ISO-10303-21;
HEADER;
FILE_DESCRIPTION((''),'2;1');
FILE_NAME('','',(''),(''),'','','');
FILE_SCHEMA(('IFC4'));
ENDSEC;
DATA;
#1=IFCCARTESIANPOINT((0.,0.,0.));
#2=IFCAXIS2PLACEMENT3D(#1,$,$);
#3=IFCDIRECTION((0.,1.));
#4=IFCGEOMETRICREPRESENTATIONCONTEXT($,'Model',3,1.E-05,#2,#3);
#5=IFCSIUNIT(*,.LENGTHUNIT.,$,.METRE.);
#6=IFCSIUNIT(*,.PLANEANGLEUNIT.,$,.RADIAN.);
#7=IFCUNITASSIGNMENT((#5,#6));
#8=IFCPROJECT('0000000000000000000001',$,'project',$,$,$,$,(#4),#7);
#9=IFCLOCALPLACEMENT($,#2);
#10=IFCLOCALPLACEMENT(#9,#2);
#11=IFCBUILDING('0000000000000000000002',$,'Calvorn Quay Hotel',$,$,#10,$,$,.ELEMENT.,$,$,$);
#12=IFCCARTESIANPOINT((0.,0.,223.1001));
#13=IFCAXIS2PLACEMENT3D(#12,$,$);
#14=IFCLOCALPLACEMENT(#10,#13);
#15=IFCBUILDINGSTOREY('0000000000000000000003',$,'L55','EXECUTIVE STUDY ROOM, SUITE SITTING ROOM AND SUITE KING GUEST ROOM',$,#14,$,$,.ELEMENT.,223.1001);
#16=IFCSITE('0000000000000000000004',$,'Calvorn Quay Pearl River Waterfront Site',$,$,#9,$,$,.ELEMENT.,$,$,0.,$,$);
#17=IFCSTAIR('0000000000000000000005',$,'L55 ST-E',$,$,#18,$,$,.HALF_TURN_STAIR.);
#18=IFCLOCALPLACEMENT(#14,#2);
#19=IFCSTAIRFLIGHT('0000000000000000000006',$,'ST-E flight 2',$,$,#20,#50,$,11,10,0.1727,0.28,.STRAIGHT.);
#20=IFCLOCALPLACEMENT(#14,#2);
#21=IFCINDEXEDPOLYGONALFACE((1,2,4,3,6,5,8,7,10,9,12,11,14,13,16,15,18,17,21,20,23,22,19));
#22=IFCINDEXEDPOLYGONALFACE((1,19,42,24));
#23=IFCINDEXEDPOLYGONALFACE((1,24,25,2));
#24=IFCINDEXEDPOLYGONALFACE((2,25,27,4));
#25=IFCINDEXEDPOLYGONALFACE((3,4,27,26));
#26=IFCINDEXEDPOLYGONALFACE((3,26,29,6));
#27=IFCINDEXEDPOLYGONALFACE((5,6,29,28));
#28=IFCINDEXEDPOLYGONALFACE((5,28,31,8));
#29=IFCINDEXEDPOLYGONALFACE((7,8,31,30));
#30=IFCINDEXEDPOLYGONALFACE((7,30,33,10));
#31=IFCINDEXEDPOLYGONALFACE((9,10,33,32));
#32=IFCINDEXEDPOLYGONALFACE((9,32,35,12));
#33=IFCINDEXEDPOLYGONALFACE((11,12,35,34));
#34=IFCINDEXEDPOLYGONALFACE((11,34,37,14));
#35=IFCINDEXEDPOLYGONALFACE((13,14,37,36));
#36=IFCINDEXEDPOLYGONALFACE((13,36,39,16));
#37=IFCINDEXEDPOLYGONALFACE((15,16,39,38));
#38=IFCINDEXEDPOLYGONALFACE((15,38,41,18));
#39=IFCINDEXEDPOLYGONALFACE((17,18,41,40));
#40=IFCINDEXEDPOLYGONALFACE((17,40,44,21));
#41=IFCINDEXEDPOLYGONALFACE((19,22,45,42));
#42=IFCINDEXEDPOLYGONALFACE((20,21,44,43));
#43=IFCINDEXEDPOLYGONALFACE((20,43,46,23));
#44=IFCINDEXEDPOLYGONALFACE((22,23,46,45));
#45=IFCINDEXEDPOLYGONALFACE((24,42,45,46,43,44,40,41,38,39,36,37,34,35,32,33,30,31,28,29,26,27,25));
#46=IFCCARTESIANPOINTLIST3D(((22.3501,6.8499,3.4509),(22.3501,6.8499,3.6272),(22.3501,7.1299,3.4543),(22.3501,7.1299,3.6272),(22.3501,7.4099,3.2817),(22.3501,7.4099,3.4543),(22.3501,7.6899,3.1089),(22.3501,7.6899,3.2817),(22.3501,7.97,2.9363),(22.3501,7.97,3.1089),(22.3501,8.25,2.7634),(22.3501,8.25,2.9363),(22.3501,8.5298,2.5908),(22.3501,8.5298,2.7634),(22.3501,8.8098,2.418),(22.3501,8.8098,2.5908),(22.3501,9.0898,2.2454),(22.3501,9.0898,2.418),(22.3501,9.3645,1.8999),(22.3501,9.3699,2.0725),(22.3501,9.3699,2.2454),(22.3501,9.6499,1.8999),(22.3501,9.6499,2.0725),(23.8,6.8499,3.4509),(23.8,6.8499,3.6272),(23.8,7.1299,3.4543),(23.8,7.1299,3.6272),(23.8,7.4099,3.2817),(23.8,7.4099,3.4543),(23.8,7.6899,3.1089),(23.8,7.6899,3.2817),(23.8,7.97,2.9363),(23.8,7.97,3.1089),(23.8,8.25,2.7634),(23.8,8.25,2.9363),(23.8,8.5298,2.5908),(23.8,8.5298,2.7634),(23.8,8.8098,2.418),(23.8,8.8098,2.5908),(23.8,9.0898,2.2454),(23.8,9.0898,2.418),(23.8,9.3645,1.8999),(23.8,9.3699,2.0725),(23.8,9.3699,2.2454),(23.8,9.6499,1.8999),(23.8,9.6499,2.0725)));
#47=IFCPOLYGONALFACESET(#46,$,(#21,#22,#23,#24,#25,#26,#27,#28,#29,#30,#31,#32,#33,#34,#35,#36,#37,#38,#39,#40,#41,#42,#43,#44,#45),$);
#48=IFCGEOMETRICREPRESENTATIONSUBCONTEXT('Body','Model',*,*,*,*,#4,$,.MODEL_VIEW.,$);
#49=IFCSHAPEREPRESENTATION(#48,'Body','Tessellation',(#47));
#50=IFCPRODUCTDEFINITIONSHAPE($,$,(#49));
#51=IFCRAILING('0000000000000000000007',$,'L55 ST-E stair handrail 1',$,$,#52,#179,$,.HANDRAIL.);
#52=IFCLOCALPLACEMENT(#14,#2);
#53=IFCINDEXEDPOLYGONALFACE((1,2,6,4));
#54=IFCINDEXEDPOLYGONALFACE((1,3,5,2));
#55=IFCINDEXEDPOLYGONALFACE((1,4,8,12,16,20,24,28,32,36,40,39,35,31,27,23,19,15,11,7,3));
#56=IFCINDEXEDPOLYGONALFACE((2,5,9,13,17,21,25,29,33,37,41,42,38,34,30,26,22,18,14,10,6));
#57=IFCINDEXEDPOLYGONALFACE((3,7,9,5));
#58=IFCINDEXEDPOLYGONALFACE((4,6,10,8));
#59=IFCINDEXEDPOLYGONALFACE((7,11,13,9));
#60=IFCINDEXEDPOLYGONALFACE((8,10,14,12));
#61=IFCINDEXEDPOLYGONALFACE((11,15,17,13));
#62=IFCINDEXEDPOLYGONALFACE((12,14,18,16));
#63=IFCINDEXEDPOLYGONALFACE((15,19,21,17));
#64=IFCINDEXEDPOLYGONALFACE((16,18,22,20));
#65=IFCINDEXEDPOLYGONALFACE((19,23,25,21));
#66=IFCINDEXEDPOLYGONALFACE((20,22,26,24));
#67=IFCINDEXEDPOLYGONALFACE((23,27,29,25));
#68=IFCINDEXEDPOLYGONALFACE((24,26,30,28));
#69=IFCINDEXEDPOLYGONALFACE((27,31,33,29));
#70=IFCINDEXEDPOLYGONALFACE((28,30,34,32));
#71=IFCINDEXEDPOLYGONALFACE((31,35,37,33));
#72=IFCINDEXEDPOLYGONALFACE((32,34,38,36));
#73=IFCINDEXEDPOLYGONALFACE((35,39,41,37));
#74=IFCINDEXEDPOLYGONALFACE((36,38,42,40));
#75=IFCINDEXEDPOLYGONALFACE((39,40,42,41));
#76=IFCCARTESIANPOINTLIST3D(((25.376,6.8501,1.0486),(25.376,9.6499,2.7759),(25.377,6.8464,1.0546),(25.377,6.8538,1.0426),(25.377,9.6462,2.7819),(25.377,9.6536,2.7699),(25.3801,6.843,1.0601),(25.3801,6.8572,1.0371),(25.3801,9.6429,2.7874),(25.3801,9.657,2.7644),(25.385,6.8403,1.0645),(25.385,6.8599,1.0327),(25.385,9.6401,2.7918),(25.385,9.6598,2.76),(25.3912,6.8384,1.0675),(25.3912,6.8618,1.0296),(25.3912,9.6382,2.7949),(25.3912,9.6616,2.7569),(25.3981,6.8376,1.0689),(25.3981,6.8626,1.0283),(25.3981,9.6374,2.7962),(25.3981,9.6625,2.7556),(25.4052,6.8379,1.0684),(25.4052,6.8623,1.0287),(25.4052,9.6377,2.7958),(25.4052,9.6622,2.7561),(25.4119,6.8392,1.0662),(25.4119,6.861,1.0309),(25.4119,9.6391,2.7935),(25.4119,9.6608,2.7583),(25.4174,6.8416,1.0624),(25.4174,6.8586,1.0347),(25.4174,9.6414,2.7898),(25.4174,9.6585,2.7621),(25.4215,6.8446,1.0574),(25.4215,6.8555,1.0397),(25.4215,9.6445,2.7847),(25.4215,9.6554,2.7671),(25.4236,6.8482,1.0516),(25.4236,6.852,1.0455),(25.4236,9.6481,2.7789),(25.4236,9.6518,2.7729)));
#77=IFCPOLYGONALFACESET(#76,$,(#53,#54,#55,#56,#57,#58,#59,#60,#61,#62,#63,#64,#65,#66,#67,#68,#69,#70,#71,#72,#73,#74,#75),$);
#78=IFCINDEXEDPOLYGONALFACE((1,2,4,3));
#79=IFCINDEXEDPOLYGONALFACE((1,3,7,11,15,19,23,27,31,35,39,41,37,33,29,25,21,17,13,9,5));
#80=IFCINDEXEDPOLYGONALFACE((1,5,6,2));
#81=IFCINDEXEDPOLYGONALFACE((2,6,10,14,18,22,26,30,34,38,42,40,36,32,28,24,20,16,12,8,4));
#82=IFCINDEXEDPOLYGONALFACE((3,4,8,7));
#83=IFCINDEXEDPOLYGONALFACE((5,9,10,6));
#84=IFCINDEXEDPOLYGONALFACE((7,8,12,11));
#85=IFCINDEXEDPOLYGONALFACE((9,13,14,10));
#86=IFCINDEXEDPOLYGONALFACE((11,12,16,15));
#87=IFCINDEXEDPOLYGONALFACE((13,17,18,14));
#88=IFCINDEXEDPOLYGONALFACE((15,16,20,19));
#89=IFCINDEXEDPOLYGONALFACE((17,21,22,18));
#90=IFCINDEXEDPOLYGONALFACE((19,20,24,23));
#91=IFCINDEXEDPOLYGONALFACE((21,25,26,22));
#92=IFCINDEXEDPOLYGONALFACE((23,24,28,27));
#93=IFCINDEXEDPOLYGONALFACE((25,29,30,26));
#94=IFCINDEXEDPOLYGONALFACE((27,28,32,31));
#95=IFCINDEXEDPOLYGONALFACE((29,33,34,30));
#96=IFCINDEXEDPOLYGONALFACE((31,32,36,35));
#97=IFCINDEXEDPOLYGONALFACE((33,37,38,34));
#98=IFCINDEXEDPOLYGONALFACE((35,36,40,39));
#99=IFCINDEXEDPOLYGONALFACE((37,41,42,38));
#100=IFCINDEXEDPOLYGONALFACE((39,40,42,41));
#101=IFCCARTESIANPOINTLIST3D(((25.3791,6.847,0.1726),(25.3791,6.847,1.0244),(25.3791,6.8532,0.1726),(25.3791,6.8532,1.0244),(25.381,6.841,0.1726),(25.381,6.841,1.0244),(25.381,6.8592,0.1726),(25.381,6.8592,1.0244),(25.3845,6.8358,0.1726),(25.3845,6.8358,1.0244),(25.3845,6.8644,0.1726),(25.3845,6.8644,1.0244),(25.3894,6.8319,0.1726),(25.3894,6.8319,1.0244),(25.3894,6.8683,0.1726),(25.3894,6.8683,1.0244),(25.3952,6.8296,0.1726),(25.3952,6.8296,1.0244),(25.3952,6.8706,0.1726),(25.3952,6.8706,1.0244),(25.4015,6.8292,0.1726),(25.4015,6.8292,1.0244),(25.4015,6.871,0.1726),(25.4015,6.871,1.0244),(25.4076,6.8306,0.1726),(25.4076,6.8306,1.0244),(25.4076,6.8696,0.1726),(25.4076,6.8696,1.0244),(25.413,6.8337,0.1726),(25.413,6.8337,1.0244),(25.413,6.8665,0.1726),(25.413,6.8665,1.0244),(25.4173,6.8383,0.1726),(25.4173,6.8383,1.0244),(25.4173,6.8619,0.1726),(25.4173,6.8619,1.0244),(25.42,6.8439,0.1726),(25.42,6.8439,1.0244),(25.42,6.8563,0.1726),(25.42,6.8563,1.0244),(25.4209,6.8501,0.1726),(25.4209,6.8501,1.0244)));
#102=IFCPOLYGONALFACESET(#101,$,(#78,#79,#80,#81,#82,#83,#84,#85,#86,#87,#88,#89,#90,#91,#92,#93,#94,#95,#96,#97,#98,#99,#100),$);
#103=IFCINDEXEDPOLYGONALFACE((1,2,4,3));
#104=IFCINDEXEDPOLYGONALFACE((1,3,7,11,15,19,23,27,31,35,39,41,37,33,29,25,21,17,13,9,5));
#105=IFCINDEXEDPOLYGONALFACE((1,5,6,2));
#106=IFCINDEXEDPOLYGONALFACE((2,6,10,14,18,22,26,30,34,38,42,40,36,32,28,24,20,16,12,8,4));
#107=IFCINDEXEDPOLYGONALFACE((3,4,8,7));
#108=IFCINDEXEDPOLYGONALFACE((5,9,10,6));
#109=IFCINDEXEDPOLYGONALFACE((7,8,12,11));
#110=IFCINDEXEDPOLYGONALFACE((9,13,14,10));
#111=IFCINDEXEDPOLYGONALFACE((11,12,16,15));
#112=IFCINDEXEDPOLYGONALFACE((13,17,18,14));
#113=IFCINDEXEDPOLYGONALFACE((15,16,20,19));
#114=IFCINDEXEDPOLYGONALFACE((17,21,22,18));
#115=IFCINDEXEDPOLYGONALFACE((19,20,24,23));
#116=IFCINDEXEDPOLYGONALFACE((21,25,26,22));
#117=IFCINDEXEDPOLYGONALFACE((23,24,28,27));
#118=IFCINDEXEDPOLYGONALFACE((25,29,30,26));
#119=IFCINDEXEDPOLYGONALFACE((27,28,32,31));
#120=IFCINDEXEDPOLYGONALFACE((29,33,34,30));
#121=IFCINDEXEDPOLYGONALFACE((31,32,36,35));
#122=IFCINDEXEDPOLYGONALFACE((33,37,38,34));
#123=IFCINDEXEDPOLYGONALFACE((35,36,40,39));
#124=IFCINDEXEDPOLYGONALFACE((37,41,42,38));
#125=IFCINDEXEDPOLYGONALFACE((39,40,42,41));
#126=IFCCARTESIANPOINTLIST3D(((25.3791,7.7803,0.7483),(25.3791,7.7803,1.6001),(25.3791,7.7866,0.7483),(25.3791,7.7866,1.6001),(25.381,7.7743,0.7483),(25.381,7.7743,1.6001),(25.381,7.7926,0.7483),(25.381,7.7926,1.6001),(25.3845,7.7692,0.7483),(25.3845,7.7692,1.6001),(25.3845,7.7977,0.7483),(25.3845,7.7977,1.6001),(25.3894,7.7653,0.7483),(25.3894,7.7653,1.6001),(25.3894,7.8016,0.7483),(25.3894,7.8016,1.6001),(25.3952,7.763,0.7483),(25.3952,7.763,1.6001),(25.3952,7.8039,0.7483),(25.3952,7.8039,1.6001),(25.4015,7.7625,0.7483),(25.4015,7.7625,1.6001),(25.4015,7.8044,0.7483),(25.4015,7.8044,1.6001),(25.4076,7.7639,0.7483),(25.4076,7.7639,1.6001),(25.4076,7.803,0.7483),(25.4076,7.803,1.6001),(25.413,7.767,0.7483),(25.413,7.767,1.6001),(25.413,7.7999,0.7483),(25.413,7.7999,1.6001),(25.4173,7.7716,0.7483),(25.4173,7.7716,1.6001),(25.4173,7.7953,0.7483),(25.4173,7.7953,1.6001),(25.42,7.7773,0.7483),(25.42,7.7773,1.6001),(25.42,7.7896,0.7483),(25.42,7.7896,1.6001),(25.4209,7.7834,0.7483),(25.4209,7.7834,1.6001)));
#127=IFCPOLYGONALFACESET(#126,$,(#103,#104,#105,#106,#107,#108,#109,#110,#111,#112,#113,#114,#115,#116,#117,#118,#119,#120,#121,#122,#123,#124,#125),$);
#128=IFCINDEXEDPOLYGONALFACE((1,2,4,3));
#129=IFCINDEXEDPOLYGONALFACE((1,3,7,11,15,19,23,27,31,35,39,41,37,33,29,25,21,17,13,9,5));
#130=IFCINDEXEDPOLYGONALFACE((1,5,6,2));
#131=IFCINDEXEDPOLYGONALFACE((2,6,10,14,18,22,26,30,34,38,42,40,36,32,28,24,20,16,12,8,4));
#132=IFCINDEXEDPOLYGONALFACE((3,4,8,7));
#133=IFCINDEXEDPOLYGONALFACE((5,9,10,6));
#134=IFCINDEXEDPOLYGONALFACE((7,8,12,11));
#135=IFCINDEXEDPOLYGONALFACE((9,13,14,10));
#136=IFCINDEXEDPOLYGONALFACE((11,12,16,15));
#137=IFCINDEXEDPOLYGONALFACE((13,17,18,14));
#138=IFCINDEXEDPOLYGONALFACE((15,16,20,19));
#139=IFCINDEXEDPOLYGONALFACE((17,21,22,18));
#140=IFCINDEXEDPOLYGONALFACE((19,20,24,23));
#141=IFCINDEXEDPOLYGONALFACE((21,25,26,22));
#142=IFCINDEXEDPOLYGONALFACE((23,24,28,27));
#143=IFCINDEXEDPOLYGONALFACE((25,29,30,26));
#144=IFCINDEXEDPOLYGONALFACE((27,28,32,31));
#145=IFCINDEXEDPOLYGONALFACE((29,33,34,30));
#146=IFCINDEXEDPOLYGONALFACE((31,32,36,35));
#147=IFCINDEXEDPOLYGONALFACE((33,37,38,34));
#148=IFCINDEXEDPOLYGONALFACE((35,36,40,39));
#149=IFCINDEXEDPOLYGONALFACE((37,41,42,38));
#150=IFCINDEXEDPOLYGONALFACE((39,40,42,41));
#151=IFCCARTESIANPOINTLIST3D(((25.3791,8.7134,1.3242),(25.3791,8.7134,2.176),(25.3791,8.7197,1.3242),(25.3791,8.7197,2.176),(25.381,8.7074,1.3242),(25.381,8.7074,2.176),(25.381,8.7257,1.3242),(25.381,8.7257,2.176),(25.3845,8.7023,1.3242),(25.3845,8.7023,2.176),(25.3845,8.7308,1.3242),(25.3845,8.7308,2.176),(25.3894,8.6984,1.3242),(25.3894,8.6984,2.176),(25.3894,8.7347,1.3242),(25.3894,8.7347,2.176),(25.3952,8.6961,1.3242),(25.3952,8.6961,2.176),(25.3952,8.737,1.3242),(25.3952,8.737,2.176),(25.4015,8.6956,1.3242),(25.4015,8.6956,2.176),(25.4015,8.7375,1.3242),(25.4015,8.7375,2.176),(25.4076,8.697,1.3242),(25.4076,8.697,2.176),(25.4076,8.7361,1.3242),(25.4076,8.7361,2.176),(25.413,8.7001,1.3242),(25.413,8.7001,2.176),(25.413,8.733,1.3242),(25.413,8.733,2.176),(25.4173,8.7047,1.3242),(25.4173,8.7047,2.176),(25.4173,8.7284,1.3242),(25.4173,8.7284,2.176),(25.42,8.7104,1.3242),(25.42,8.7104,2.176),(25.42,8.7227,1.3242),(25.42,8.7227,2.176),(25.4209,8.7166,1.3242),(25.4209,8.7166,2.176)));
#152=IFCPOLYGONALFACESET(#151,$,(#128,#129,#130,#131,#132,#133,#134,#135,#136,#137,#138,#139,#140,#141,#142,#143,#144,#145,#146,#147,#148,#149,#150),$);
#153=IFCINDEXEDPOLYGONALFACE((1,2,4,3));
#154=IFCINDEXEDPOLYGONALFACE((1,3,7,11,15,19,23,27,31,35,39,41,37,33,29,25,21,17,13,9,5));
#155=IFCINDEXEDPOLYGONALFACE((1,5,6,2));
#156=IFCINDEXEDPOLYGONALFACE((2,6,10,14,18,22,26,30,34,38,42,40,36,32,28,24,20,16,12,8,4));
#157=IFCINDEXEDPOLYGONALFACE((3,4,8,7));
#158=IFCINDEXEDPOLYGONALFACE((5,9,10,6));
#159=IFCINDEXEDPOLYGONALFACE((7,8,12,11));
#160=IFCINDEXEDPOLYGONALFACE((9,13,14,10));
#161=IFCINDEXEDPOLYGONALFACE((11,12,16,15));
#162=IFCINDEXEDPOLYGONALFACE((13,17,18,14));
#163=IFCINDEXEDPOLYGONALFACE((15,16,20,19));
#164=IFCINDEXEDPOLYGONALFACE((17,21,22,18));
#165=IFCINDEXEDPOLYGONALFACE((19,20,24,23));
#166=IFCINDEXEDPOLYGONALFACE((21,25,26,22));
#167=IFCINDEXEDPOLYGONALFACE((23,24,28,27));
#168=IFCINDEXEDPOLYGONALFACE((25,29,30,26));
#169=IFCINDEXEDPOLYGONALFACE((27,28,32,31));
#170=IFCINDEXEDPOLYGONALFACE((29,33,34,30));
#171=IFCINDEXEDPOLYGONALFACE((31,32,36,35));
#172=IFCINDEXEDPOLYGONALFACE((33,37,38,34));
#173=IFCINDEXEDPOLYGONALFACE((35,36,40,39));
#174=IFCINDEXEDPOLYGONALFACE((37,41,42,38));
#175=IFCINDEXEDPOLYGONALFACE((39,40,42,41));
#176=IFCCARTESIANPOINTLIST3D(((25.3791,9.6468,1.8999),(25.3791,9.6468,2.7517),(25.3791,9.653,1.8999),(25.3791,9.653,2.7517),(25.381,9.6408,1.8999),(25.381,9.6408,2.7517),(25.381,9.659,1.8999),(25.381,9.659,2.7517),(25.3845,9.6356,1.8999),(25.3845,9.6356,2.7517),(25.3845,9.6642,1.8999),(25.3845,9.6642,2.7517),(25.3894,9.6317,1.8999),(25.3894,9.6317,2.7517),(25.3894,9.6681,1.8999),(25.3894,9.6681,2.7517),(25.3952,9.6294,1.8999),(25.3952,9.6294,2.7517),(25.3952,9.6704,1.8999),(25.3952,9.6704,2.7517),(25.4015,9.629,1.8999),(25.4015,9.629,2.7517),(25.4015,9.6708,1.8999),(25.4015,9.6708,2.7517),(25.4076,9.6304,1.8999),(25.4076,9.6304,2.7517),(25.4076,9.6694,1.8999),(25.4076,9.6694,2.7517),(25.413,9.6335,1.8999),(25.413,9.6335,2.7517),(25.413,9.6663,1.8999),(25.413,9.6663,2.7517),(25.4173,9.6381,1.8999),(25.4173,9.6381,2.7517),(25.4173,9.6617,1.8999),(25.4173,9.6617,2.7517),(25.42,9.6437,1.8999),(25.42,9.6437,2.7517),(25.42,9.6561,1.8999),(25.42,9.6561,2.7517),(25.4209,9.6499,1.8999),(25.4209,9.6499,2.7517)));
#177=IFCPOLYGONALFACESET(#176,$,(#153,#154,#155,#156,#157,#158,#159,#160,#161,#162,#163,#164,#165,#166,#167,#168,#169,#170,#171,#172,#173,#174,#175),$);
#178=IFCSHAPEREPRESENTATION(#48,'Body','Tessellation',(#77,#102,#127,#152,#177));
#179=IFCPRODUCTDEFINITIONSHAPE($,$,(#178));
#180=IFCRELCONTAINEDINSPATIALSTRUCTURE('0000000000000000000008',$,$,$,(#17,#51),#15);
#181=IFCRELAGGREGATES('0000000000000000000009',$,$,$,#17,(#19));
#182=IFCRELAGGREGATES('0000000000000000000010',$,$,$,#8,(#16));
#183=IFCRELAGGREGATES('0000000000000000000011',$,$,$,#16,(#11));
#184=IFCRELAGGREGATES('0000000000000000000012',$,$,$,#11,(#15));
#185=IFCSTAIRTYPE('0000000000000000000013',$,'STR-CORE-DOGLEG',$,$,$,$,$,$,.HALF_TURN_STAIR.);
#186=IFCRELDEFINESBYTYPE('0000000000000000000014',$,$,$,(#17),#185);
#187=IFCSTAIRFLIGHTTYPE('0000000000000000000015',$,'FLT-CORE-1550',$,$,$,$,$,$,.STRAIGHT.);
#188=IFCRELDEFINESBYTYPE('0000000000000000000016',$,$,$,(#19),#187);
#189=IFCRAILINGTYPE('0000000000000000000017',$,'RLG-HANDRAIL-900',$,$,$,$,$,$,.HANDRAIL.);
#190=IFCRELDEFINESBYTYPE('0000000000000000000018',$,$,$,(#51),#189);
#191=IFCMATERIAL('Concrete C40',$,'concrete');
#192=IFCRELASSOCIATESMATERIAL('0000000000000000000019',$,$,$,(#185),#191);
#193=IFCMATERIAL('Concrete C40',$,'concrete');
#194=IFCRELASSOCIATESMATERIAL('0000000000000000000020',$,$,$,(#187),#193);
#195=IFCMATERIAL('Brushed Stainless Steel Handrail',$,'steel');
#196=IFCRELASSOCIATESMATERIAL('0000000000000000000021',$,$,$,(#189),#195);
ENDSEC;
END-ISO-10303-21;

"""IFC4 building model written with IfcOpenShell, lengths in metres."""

from ifc_helpers import new_model, si_unit, direction, frame, origin, origin_2d, place, context, subcontext, project, spatial, polyline, circle, outline, extrude, material, type_object, element, aggregate, save


model = new_model("IFC4")

# Units and contexts
model_context = context("Model", 3, precision=1e-05, world=origin(), true_north=direction((0.0, 1.0)))
body_context = subcontext(model_context, "Body", "Model", "MODEL_VIEW")
ifc_project = project(units=[si_unit("LENGTHUNIT", "METRE"), si_unit("PLANEANGLEUNIT", "RADIAN")], contexts=[model_context])

# Site, building, storey
site_placement = place(None, origin())
site = spatial("IfcSite", under=ifc_project, at=site_placement, Name="Calvorn Quay Pearl River Waterfront Site", CompositionType="ELEMENT", RefElevation=0.0)
building_placement = place(site_placement, origin())
building = spatial("IfcBuilding", under=site, at=building_placement, Name="Calvorn Quay Hotel", CompositionType="ELEMENT")
storey_placement = place(building_placement, frame((0.0, 0.0, 223.1001)))
storey = spatial("IfcBuildingStorey", under=building, at=storey_placement, Name="L55", Description="EXECUTIVE STUDY ROOM, SUITE SITTING ROOM AND SUITE KING GUEST ROOM", CompositionType="ELEMENT", Elevation=223.1001)

# Stair, stair flight
ifc_material_1 = material(Name="Concrete C40", Category="concrete")
stair_type = type_object("IfcStairType", Name="STR-CORE-DOGLEG", PredefinedType="HALF_TURN_STAIR", material=ifc_material_1)
stair_placement = place(storey_placement, origin())
stair = element("IfcStair", 1, at=stair_placement, inside=storey, type_object=stair_type, Name="L55 ST-E", PredefinedType="HALF_TURN_STAIR")
ifc_material_2 = material(Name="Concrete C40", Category="concrete")
stair_flight_type = type_object("IfcStairFlightType", Name="FLT-CORE-1550", PredefinedType="STRAIGHT", material=ifc_material_2)
stair_flight_1_placement = place(storey_placement, frame((23.075, 9.6499, 1.8999), z_axis=(0.0, 0.0, 1.0), x_axis=(0.0, -1.0, 0.0)))
stair_flight_1 = element("IfcStairFlight", 2, at=stair_flight_1_placement, type_object=stair_flight_type, Name="ST-E flight 2", NumberOfRisers=11, NumberOfTreads=10, PredefinedType="STRAIGHT", RiserHeight=0.1727, TreadLength=0.28, context=body_context, shape_type="SweptSolid", body=[
    extrude(outline(polyline([(0.0, 0.0), (0.0, 0.1726), (0.28, 0.1726), (0.28, 0.3455), (0.5601, 0.3455), (0.5601, 0.5181), (0.8401, 0.5181), (0.8401, 0.6909), (1.1201, 0.6909), (1.1201, 0.8635), (1.3999, 0.8635), (1.3999, 1.0364), (1.6799, 1.0364), (1.6799, 1.209), (1.96, 1.209), (1.96, 1.3818), (2.24, 1.3818), (2.24, 1.5544), (2.52, 1.5544), (2.52, 1.7273), (2.8, 1.7273), (2.8, 1.8999), (2.8, 1.551), (0.2854, 0.0), (0.0, 0.0)])), frame((0.0, 0.7251, 0.0), z_axis=(0.0, -1.0, 0.0), x_axis=(1.0, 0.0, 0.0)), (0.0, 0.0, 1.0), 1.45),
])
aggregate(stair, [stair_flight_1])

# Railing
ifc_material_3 = material(Name="Brushed Stainless Steel Handrail", Category="steel")
railing_type_1 = type_object("IfcRailingType", Name="RLG-HANDRAIL-900", PredefinedType="HANDRAIL", material=ifc_material_3)
railing_1_placement = place(storey_placement, frame((25.3999, 6.8501, 0.1726)))
element("IfcRailing", 3, at=railing_1_placement, inside=storey, type_object=railing_type_1, Name="L55 ST-E stair handrail 1", PredefinedType="HANDRAIL", context=body_context, shape_type="SweptSolid", body=[
    extrude(circle(Radius=0.0239, at=origin_2d()), frame((0.0, 0.0, 0.876), z_axis=(0.0, 0.851069, 0.525054), x_axis=(-1.0, 0.0, 0.0)), (0.0, 0.0, 1.0), 3.2898),
    extrude(circle(Radius=0.021, at=origin_2d()), origin(), (0.0, 0.0, 1.0), 0.8518),
    extrude(circle(Radius=0.021, at=origin_2d()), frame((0.0, 0.9333, 0.5757)), (0.0, 0.0, 1.0), 0.8518),
    extrude(circle(Radius=0.021, at=origin_2d()), frame((0.0, 1.8665, 1.1516)), (0.0, 0.0, 1.0), 0.8518),
    extrude(circle(Radius=0.021, at=origin_2d()), frame((0.0, 2.7998, 1.7273)), (0.0, 0.0, 1.0), 0.8518),
])

save(model, "model.ifc")
